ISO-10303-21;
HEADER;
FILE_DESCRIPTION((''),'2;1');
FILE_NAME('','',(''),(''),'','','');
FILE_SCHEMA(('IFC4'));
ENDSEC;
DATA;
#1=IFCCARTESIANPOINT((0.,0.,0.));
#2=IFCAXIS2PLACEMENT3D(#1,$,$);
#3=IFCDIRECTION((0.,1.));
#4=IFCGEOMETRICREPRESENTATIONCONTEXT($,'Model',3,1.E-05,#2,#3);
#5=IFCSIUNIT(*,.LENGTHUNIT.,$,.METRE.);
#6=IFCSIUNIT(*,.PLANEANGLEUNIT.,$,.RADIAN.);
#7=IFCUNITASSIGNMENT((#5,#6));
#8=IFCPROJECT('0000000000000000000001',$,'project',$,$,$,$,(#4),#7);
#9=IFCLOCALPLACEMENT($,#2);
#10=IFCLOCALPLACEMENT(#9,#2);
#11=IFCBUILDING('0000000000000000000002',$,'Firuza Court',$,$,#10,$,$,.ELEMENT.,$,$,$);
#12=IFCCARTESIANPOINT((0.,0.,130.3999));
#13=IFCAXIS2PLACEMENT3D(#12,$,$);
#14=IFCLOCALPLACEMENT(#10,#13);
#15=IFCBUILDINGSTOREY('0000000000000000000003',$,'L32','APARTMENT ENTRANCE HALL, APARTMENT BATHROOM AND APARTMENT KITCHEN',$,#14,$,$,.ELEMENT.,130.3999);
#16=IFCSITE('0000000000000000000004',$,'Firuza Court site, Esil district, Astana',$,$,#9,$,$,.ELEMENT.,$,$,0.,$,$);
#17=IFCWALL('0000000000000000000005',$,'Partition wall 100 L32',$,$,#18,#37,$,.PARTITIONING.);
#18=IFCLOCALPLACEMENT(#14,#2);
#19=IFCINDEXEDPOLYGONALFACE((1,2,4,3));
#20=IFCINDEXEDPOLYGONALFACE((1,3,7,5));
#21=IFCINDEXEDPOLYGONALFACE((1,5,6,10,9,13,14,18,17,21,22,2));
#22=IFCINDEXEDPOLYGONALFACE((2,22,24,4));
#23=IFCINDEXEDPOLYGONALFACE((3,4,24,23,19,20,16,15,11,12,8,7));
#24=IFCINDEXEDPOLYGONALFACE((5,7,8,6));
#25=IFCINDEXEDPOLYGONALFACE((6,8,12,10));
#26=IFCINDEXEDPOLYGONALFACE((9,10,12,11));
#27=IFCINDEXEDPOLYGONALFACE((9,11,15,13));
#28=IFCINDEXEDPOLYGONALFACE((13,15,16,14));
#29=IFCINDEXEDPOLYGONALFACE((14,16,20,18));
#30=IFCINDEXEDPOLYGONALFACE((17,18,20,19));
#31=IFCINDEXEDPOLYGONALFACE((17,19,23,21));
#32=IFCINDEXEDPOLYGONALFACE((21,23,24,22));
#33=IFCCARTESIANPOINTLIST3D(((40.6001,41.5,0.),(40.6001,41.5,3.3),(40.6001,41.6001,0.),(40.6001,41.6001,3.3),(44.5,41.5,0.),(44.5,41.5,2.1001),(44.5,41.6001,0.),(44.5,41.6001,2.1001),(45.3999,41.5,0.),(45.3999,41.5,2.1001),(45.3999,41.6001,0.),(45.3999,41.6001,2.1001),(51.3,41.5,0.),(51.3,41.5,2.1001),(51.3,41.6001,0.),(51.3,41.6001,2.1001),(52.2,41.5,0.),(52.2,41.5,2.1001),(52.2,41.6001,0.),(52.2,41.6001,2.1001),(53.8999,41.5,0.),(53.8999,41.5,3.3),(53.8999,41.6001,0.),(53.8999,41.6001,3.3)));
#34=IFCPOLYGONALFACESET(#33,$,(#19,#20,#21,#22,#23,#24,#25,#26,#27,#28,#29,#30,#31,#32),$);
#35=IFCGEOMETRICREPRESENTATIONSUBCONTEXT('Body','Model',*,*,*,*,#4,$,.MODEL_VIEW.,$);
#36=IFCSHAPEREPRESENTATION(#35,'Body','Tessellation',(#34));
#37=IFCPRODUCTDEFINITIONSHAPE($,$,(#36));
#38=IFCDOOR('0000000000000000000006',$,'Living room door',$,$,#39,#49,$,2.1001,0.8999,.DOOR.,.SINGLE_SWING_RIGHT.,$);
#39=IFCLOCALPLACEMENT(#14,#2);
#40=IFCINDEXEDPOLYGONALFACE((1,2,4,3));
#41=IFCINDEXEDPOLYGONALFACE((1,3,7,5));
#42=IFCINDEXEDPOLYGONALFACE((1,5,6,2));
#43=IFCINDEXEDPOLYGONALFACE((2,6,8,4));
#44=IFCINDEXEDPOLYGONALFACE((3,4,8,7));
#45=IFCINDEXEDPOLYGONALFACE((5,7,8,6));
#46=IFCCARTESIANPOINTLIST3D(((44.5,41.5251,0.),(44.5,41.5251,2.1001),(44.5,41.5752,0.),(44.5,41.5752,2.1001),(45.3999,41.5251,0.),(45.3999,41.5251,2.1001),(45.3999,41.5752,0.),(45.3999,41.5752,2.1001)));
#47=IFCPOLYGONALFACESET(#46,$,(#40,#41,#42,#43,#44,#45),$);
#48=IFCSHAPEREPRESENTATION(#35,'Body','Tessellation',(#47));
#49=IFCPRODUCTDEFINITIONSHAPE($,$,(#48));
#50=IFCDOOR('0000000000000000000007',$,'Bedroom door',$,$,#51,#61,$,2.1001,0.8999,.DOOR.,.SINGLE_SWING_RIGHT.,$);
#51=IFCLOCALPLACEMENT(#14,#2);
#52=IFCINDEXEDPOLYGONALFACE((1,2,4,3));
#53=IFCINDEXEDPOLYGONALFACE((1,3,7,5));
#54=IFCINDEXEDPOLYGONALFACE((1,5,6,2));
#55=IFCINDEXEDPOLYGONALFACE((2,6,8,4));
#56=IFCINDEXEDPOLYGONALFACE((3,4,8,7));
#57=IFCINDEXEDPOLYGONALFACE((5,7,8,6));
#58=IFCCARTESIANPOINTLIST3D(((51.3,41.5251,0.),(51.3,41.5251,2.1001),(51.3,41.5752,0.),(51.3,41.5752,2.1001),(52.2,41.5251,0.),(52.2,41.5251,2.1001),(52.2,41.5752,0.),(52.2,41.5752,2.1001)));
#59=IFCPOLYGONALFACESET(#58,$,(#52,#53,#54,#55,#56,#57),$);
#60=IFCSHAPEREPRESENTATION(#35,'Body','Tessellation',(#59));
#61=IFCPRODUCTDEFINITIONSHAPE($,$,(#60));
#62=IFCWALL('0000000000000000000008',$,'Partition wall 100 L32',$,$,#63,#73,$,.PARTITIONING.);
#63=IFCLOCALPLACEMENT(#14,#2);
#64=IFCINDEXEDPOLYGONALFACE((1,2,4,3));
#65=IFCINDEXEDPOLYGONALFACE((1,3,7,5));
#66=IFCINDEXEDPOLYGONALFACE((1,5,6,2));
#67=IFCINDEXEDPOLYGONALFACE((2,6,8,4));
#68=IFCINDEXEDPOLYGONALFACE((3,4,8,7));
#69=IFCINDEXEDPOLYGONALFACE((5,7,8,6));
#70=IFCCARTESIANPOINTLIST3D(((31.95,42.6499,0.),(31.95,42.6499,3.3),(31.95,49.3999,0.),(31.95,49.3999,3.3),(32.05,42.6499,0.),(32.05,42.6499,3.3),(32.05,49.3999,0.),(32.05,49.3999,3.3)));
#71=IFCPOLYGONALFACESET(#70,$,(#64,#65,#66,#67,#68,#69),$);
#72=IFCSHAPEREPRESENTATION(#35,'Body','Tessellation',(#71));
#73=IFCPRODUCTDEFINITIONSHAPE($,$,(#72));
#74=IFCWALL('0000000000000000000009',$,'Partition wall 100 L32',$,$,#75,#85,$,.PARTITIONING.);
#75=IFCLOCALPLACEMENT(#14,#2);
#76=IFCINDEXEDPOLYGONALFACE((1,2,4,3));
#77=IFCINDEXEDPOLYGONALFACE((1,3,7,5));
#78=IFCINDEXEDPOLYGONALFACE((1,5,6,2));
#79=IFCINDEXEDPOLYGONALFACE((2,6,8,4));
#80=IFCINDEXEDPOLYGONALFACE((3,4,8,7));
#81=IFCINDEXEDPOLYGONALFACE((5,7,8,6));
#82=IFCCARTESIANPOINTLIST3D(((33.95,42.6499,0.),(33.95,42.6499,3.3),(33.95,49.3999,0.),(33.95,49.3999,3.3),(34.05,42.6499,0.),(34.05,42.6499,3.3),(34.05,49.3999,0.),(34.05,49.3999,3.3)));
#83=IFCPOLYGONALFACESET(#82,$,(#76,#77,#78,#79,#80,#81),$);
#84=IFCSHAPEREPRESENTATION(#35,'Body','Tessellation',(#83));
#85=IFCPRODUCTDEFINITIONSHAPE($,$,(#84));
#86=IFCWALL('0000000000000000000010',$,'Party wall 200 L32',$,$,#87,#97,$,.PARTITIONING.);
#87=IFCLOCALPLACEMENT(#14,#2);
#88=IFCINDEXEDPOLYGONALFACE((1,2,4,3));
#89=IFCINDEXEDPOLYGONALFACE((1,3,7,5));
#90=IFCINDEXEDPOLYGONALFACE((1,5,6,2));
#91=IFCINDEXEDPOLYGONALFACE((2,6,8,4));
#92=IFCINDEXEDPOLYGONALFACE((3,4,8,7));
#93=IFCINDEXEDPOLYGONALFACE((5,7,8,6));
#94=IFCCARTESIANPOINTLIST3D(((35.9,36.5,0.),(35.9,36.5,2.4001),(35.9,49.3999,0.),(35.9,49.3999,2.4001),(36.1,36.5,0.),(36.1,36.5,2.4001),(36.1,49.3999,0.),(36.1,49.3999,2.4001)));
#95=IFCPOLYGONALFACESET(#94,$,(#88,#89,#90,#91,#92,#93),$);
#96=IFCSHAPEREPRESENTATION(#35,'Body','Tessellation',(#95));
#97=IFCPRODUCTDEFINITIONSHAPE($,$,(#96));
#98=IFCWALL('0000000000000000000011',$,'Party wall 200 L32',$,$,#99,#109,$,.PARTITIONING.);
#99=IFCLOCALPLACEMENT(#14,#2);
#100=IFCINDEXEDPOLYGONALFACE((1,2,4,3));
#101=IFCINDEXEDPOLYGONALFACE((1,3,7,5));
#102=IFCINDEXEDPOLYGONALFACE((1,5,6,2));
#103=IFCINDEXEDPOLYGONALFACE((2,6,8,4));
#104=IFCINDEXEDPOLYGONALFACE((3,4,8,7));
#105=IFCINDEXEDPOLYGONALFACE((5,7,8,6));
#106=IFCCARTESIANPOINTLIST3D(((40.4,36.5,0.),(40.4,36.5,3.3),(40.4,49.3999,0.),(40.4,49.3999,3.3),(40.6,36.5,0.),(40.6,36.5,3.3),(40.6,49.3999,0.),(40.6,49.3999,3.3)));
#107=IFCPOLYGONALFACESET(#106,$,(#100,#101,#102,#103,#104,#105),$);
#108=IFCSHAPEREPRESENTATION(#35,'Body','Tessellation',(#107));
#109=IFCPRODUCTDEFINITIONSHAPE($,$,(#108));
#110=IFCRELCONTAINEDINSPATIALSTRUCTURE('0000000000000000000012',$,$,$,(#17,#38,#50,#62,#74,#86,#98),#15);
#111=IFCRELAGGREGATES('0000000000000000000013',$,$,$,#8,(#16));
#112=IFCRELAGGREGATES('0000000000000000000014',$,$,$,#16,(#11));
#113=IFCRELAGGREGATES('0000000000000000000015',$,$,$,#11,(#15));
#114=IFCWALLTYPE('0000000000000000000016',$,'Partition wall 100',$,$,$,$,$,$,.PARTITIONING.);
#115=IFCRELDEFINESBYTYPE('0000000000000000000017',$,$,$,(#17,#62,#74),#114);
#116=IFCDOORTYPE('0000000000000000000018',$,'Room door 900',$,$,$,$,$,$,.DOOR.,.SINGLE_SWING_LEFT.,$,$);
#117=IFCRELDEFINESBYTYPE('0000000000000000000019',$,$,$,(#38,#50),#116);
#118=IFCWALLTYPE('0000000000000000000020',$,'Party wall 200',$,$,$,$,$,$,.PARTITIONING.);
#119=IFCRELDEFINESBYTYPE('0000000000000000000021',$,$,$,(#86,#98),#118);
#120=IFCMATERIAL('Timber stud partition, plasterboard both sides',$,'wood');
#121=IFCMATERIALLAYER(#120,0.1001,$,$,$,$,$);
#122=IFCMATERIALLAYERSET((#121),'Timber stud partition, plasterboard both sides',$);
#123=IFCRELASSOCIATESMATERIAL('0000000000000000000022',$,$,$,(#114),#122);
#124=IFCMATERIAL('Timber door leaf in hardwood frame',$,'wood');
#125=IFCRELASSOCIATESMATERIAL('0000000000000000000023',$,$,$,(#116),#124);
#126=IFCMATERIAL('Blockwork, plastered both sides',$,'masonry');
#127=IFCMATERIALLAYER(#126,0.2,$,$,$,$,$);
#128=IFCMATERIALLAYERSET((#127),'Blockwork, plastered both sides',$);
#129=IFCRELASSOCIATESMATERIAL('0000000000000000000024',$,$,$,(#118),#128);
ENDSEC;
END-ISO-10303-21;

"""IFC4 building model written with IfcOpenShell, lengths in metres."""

from ifc_helpers import new_model, si_unit, direction, frame, frame_2d, origin, place, context, subcontext, project, spatial, rectangle, extrude, material, layer, layer_set, type_object, element, fill, save


model = new_model("IFC4")

# Units and contexts
model_context = context("Model", 3, precision=1e-05, world=origin(), true_north=direction((0.0, 1.0)))
body_context = subcontext(model_context, "Body", "Model", "MODEL_VIEW")
ifc_project = project(units=[si_unit("LENGTHUNIT", "METRE"), si_unit("PLANEANGLEUNIT", "RADIAN")], contexts=[model_context])

# Site, building, storey
site_placement = place(None, origin())
site = spatial("IfcSite", under=ifc_project, at=site_placement, Name="Firuza Court site, Esil district, Astana", CompositionType="ELEMENT", RefElevation=0.0)
building_placement = place(site_placement, origin())
building = spatial("IfcBuilding", under=site, at=building_placement, Name="Firuza Court", CompositionType="ELEMENT")
storey_placement = place(building_placement, frame((0.0, 0.0, 130.3999)))
storey = spatial("IfcBuildingStorey", under=building, at=storey_placement, Name="L32", Description="APARTMENT ENTRANCE HALL, APARTMENT BATHROOM AND APARTMENT KITCHEN", CompositionType="ELEMENT", Elevation=130.3999)

# Shared definitions
ifc_material_1 = material(Name="Blockwork, plastered both sides", Category="masonry")

# Shared definitions
ifc_material_2 = material(Name="Timber stud partition, plasterboard both sides", Category="wood")
ifc_layer_1 = layer(ifc_material_2, 0.1001)
ifc_layer_set_1 = layer_set([ifc_layer_1], Name="Timber stud partition, plasterboard both sides")
wall_type_1 = type_object("IfcWallType", Name="Partition wall 100", PredefinedType="PARTITIONING", material=ifc_layer_set_1)

# Shared definitions
ifc_material_3 = material(Name="Timber door leaf in hardwood frame", Category="wood")
door_type_1 = type_object("IfcDoorType", Name="Room door 900", OperationType="SINGLE_SWING_LEFT", PredefinedType="DOOR", material=ifc_material_3)

# Wall, openings, doors
wall_1_placement = place(storey_placement, frame((40.6001, 41.55, 0.0), z_axis=(0.0, 0.0, 1.0), x_axis=(1.0, 0.0, 0.0)))
wall_1 = element("IfcWall", 1, at=wall_1_placement, inside=storey, type_object=wall_type_1, Name="Partition wall 100 L32", PredefinedType="PARTITIONING", context=body_context, shape_type="SweptSolid", body=[
    extrude(rectangle(XDim=13.2998, YDim=0.1001, at=frame_2d((6.6499, 0.0))), origin(), (0.0, 0.0, 1.0), 3.3),
])
opening_1_placement = place(wall_1_placement, frame((3.8999, 0.0, 0.0)))
opening_1 = element("IfcOpeningElement", 2, at=opening_1_placement, cuts=wall_1, PredefinedType="OPENING", context=body_context, shape_type="SweptSolid", body=[
    extrude(rectangle(XDim=0.8999, YDim=2.1001, at=frame_2d((0.45, 1.05))), frame((0.0, 0.062, 0.0), z_axis=(0.0, -1.0, 0.0), x_axis=(1.0, 0.0, 0.0)), (0.0, 0.0, 1.0), 0.124),
])
opening_2_placement = place(wall_1_placement, frame((10.7, 0.0, 0.0)))
opening_2 = element("IfcOpeningElement", 3, at=opening_2_placement, cuts=wall_1, PredefinedType="OPENING", context=body_context, shape_type="SweptSolid", body=[
    extrude(rectangle(XDim=0.8999, YDim=2.1001, at=frame_2d((0.45, 1.05))), frame((0.0, 0.062, 0.0), z_axis=(0.0, -1.0, 0.0), x_axis=(1.0, 0.0, 0.0)), (0.0, 0.0, 1.0), 0.124),
])
door_1_placement = place(opening_1_placement, frame((0.8999, 0.0, 0.0), z_axis=(0.0, 0.0, 1.0), x_axis=(-1.0, 0.0, 0.0)))
door_1 = element("IfcDoor", 4, at=door_1_placement, inside=storey, type_object=door_type_1, Name="Living room door", OperationType="SINGLE_SWING_RIGHT", OverallHeight=2.1001, OverallWidth=0.8999, PredefinedType="DOOR", context=body_context, shape_type="SweptSolid", body=[
    extrude(rectangle(XDim=0.8999, YDim=2.1001, at=frame_2d((0.45, 1.05))), frame((0.0, 0.0249, 0.0), z_axis=(0.0, -1.0, 0.0), x_axis=(1.0, 0.0, 0.0)), (0.0, 0.0, 1.0), 0.05),
])
fill(opening_1, door_1)
door_2_placement = place(opening_2_placement, frame((0.8999, 0.0, 0.0), z_axis=(0.0, 0.0, 1.0), x_axis=(-1.0, 0.0, 0.0)))
door_2 = element("IfcDoor", 5, at=door_2_placement, inside=storey, type_object=door_type_1, Name="Bedroom door", OperationType="SINGLE_SWING_RIGHT", OverallHeight=2.1001, OverallWidth=0.8999, PredefinedType="DOOR", context=body_context, shape_type="SweptSolid", body=[
    extrude(rectangle(XDim=0.8999, YDim=2.1001, at=frame_2d((0.45, 1.05))), frame((0.0, 0.0249, 0.0), z_axis=(0.0, -1.0, 0.0), x_axis=(1.0, 0.0, 0.0)), (0.0, 0.0, 1.0), 0.05),
])
fill(opening_2, door_2)

# Walls
for number, where, z_axis, x_axis, name in (
    (6, (32.0, 42.6499, 0.0), (0.0, 0.0, 1.0), (0.0, 1.0, 0.0), "Partition wall 100 L32"),
    (7, (34.0, 42.6499, 0.0), (0.0, 0.0, 1.0), (0.0, 1.0, 0.0), "Partition wall 100 L32"),
):
    element("IfcWall", number, at=place(storey_placement, frame(where, z_axis=z_axis, x_axis=x_axis)), inside=storey, type_object=wall_type_1, Name=name, PredefinedType="PARTITIONING", context=body_context, shape_type="SweptSolid", body=[
        extrude(rectangle(XDim=6.75, YDim=0.1001, at=frame_2d((3.375, 0.0))), origin(), (0.0, 0.0, 1.0), 3.3),
    ])
ifc_layer_2 = layer(ifc_material_1, 0.2)
ifc_layer_set_2 = layer_set([ifc_layer_2], Name="Blockwork, plastered both sides")
wall_type_2 = type_object("IfcWallType", Name="Party wall 200", PredefinedType="PARTITIONING", material=ifc_layer_set_2)
wall_2_placement = place(storey_placement, frame((36.0, 36.5, 0.0), z_axis=(0.0, 0.0, 1.0), x_axis=(0.0, 1.0, 0.0)))
element("IfcWall", 8, at=wall_2_placement, inside=storey, type_object=wall_type_2, Name="Party wall 200 L32", PredefinedType="PARTITIONING", context=body_context, shape_type="SweptSolid", body=[
    extrude(rectangle(XDim=12.8999, YDim=0.2, at=frame_2d((6.45, 0.0))), origin(), (0.0, 0.0, 1.0), 2.4001),
])
wall_3_placement = place(storey_placement, frame((40.5, 36.5, 0.0), z_axis=(0.0, 0.0, 1.0), x_axis=(0.0, 1.0, 0.0)))
element("IfcWall", 9, at=wall_3_placement, inside=storey, type_object=wall_type_2, Name="Party wall 200 L32", PredefinedType="PARTITIONING", context=body_context, shape_type="SweptSolid", body=[
    extrude(rectangle(XDim=12.8999, YDim=0.2, at=frame_2d((6.45, 0.0))), origin(), (0.0, 0.0, 1.0), 3.3),
])

save(model, "model.ifc")
